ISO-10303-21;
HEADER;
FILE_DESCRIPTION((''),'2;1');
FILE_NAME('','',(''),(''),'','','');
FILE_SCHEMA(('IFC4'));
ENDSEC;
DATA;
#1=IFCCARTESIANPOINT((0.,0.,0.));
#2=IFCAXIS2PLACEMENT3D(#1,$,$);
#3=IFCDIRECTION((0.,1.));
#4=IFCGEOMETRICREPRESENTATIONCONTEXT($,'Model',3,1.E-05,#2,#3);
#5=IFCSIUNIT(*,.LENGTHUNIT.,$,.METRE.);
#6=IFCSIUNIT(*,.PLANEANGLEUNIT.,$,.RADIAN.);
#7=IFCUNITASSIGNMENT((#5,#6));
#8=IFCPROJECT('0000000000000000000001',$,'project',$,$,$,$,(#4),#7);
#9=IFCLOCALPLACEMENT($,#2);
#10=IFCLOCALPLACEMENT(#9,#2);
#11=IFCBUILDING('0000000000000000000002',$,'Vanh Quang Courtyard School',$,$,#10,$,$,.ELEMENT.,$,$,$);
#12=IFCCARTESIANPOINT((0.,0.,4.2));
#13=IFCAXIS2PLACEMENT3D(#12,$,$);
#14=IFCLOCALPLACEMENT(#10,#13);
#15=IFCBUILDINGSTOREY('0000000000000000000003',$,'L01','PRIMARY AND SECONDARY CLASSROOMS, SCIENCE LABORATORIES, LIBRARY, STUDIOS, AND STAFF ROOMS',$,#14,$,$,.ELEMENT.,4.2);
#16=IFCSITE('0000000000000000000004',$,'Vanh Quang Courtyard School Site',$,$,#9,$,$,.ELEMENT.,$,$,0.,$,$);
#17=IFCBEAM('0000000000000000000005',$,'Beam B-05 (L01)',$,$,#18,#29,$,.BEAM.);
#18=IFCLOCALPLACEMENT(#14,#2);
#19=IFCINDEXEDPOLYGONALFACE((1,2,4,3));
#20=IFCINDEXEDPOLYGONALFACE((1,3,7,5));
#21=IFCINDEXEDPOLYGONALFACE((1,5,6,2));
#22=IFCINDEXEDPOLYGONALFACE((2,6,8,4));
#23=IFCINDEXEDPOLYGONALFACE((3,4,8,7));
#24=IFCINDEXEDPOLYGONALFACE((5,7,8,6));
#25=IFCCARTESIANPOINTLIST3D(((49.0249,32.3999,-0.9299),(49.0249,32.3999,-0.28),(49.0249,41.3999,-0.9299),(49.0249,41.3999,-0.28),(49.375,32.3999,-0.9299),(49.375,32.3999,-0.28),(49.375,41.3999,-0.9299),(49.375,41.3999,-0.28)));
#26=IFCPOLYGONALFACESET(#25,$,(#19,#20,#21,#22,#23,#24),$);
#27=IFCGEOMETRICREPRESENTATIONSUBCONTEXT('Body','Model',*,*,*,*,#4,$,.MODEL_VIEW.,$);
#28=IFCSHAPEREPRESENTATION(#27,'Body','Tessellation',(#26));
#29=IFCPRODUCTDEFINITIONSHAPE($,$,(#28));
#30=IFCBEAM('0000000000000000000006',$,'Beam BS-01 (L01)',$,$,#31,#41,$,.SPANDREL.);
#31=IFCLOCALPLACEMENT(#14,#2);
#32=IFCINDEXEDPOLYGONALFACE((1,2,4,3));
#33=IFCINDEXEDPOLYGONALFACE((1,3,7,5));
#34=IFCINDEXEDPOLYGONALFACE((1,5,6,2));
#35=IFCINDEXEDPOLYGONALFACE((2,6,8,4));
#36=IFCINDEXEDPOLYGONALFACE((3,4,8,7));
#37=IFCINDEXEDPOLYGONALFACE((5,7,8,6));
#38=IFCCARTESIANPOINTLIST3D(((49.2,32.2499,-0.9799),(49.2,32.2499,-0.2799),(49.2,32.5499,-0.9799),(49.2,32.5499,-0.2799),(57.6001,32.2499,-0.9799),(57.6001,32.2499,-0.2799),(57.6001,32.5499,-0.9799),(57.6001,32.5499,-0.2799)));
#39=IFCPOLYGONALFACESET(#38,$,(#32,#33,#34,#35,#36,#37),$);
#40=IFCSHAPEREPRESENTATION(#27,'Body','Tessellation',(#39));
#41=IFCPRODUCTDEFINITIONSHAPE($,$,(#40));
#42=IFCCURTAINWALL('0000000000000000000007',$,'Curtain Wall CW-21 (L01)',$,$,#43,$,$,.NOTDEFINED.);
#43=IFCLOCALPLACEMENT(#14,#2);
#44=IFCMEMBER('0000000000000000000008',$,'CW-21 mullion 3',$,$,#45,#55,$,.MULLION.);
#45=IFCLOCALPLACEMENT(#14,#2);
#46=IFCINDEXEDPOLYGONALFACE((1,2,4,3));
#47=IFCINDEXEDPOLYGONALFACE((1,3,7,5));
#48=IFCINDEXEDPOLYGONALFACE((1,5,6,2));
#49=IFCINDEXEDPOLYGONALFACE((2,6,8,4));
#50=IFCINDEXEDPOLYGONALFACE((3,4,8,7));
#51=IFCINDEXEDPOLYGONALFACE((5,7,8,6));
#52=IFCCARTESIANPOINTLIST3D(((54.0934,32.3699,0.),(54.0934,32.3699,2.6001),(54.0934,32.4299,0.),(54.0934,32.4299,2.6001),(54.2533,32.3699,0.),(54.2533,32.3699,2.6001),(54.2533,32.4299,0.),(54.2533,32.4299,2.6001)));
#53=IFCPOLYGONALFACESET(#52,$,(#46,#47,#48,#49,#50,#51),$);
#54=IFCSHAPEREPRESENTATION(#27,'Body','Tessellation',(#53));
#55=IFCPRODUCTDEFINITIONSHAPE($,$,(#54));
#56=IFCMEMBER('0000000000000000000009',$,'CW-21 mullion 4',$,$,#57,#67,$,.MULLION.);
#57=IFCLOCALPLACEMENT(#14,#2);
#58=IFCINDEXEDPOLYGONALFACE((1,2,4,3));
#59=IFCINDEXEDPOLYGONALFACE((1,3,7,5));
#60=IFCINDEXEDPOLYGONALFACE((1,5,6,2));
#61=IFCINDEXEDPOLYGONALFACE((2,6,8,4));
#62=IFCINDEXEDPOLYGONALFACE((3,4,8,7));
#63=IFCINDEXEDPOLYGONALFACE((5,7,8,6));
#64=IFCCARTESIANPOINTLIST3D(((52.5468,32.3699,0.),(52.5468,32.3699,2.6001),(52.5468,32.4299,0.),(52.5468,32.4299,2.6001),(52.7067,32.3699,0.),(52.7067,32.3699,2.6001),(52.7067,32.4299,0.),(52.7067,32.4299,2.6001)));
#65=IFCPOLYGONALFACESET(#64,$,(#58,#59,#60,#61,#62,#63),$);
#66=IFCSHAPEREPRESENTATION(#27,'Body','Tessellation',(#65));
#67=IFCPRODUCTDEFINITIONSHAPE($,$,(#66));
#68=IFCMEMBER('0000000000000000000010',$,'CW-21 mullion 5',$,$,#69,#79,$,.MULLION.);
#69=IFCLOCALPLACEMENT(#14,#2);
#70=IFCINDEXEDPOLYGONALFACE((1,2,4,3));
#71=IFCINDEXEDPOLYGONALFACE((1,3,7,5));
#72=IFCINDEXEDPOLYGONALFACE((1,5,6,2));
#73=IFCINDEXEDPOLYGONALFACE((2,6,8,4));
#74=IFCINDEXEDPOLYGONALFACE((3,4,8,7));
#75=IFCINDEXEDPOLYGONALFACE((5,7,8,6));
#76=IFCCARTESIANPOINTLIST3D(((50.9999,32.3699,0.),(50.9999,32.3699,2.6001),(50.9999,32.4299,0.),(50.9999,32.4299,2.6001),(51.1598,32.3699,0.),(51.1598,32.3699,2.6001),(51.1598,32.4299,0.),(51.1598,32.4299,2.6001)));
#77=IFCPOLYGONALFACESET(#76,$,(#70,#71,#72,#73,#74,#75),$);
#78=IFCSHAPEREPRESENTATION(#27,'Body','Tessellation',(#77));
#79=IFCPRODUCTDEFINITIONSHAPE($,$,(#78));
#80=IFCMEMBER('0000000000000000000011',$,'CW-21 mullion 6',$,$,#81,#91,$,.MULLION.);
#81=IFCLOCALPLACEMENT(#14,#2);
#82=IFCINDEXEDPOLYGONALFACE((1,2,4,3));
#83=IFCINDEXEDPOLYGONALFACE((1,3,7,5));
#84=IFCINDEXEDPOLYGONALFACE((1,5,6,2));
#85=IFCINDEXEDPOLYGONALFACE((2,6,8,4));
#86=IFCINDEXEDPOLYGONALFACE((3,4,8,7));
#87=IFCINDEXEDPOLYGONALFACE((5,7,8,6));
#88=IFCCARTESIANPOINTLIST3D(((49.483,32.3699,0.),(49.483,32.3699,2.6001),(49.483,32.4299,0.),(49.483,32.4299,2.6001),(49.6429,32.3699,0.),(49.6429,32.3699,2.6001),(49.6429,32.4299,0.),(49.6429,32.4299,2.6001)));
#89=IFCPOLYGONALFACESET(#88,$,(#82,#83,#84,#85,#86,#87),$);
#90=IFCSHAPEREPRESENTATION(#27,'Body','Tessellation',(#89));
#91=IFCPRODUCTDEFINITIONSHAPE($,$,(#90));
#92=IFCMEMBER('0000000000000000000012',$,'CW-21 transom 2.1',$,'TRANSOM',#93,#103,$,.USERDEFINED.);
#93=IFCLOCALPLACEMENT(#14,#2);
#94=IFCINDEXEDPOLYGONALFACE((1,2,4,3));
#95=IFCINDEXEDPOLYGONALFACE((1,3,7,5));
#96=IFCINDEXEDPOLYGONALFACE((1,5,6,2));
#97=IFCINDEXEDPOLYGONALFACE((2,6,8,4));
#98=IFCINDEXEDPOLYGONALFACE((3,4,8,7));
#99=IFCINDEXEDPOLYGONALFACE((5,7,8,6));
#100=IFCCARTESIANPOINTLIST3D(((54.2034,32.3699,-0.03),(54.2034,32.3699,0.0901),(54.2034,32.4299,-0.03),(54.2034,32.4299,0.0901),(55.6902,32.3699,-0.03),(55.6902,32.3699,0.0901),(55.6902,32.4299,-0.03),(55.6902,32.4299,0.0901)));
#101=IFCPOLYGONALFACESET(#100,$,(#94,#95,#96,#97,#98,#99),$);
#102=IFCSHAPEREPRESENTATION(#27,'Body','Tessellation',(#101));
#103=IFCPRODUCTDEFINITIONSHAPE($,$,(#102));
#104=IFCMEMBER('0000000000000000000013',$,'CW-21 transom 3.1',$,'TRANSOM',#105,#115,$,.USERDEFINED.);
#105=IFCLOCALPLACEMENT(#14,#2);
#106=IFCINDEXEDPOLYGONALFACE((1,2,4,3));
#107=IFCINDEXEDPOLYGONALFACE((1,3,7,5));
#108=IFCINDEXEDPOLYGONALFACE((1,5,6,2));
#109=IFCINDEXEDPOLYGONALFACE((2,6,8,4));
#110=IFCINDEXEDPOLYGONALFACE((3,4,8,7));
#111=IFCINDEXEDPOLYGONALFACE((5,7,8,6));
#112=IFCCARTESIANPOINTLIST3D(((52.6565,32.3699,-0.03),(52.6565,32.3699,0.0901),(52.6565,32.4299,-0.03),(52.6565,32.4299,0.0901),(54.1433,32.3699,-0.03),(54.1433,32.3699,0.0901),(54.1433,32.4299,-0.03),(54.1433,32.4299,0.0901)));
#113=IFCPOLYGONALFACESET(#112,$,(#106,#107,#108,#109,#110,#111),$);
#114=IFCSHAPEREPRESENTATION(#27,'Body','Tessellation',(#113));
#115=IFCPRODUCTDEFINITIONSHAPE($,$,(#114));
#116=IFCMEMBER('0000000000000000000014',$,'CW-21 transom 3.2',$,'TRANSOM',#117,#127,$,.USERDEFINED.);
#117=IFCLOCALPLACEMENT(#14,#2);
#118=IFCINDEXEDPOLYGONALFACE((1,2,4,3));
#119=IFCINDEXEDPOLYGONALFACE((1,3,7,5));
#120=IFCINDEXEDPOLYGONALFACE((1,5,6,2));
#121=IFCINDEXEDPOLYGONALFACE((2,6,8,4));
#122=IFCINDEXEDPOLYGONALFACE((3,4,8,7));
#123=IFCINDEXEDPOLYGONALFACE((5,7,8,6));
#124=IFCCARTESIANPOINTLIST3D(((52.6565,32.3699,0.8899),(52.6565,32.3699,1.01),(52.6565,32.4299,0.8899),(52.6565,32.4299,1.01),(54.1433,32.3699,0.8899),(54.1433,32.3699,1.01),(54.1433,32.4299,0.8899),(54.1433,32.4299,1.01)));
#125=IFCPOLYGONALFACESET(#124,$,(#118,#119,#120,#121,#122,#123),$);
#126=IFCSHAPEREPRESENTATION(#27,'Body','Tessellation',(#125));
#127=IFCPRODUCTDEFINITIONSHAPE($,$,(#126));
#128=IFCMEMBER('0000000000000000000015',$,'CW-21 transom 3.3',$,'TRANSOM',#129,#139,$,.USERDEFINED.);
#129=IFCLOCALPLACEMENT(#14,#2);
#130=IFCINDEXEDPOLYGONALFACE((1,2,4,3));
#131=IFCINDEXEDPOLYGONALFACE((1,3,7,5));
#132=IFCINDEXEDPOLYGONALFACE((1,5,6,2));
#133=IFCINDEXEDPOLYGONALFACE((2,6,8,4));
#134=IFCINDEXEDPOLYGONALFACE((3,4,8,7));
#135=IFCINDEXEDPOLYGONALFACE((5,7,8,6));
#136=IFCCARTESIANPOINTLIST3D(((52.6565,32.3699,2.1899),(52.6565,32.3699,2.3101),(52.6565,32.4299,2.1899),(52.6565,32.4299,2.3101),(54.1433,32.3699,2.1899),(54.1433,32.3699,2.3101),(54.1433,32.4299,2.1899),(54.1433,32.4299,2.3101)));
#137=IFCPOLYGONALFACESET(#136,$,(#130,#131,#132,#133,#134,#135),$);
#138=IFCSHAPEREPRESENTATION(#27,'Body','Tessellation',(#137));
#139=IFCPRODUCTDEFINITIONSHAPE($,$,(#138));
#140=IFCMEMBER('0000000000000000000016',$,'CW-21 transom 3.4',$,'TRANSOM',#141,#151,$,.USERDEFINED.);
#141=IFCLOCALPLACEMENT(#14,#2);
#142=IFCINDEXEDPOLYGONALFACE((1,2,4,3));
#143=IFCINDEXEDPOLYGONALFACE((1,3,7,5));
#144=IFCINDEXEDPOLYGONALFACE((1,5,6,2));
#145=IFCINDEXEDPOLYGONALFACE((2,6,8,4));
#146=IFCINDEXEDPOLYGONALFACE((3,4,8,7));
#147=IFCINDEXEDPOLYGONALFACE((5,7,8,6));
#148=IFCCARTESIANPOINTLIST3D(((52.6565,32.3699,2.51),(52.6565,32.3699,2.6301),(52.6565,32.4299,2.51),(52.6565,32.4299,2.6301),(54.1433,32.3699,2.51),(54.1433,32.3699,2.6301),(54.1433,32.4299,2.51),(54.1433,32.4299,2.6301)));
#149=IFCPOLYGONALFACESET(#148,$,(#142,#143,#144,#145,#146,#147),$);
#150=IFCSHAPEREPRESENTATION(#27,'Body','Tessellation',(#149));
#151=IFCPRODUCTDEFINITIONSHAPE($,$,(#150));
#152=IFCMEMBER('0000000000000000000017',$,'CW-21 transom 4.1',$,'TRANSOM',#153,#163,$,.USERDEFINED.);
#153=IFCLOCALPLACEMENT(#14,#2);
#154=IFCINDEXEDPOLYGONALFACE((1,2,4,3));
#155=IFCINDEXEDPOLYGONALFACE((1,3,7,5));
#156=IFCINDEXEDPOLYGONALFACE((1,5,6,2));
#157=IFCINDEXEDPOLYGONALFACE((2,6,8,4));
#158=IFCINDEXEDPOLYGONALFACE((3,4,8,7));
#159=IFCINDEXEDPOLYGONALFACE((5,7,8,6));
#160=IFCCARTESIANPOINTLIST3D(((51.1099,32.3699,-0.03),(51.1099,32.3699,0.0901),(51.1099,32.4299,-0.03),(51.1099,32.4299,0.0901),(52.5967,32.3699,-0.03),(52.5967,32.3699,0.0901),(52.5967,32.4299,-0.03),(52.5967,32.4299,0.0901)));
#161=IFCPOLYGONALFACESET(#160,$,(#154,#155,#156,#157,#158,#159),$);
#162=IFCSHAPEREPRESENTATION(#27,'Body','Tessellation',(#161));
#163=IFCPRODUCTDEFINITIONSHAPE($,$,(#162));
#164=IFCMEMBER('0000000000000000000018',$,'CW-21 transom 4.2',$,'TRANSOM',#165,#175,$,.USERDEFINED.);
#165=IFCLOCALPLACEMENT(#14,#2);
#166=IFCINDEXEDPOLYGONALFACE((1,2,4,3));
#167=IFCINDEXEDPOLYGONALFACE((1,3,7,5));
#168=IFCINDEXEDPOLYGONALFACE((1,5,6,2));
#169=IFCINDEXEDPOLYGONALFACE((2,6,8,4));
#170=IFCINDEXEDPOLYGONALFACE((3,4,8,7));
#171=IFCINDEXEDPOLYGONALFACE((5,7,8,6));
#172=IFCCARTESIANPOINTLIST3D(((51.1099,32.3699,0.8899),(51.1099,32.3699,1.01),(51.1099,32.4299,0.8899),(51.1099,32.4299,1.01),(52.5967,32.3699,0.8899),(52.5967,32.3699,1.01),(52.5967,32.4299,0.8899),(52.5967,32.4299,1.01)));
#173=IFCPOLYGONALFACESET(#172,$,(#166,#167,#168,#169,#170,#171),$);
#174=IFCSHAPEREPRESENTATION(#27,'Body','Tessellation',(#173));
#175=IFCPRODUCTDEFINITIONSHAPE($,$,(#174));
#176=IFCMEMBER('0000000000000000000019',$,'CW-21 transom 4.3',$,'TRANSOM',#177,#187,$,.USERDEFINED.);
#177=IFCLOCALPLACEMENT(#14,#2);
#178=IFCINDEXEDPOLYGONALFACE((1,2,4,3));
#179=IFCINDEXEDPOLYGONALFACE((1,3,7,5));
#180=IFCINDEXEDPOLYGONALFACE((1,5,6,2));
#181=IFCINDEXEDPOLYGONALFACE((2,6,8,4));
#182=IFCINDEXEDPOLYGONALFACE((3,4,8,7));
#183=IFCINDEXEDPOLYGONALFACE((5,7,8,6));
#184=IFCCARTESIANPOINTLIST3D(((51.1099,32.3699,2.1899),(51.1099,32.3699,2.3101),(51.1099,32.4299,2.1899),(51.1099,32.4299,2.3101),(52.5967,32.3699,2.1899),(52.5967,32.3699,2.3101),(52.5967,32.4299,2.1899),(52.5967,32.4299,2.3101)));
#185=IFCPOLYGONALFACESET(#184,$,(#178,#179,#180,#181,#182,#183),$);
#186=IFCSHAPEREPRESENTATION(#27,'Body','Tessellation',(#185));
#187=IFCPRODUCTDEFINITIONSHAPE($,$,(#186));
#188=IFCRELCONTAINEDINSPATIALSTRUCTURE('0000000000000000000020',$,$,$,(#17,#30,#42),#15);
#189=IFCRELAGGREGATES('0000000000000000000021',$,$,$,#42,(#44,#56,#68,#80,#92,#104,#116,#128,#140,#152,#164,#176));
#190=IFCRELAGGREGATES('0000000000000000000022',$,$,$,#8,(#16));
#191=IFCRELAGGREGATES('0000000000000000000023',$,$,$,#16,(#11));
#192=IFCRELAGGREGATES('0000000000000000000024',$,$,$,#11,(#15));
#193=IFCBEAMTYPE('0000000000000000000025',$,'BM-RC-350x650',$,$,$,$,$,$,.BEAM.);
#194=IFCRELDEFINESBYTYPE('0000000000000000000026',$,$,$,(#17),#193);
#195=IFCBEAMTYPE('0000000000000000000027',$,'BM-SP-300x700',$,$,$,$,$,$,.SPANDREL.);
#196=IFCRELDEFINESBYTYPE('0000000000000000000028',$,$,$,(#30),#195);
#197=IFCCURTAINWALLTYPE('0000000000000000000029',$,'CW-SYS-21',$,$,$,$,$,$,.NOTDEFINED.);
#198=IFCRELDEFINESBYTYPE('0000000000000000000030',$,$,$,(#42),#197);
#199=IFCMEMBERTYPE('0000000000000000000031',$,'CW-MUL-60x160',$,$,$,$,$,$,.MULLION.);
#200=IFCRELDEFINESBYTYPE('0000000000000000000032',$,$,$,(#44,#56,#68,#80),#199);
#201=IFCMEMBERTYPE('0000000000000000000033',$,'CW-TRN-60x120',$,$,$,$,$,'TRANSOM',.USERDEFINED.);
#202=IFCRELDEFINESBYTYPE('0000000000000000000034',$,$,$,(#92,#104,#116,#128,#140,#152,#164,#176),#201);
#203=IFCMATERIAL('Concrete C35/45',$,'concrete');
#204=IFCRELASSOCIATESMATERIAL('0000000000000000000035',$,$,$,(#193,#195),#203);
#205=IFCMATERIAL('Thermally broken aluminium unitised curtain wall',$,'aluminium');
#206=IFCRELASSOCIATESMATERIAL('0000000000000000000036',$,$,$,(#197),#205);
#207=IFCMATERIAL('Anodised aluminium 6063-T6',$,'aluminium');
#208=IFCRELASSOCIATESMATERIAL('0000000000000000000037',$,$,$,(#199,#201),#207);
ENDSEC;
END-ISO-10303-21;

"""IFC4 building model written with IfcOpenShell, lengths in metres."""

from ifc_helpers import new_model, si_unit, direction, frame, origin, origin_2d, place, context, subcontext, project, spatial, rectangle, extrude, material, material_profile, profile_set, type_object, element, aggregate, save


model = new_model("IFC4")

# Units and contexts
model_context = context("Model", 3, precision=1e-05, world=origin(), true_north=direction((0.0, 1.0)))
body_context = subcontext(model_context, "Body", "Model", "MODEL_VIEW")
ifc_project = project(units=[si_unit("LENGTHUNIT", "METRE"), si_unit("PLANEANGLEUNIT", "RADIAN")], contexts=[model_context])

# Site, building, storey
site_placement = place(None, origin())
site = spatial("IfcSite", under=ifc_project, at=site_placement, Name="Vanh Quang Courtyard School Site", CompositionType="ELEMENT", RefElevation=0.0)
building_placement = place(site_placement, origin())
building = spatial("IfcBuilding", under=site, at=building_placement, Name="Vanh Quang Courtyard School", CompositionType="ELEMENT")
storey_placement = place(building_placement, frame((0.0, 0.0, 4.2)))
storey = spatial("IfcBuildingStorey", under=building, at=storey_placement, Name="L01", Description="PRIMARY AND SECONDARY CLASSROOMS, SCIENCE LABORATORIES, LIBRARY, STUDIOS, AND STAFF ROOMS", CompositionType="ELEMENT", Elevation=4.2)

# Beams
ifc_material_1 = material(Name="Concrete C35/45", Category="concrete")
ifc_material_profile_1 = material_profile(ifc_material_1, rectangle(XDim=0.3501, YDim=0.6499, at=origin_2d()), Name="RC-BM 350x650")
ifc_profile_set_1 = profile_set([ifc_material_profile_1], Name="Concrete C35/45")
beam_type_1 = type_object("IfcBeamType", Name="BM-RC-350x650", PredefinedType="BEAM", material=ifc_profile_set_1)
beam_1_placement = place(storey_placement, frame((49.2, 32.3999, -0.605), z_axis=(0.0, 1.0, 0.0), x_axis=(-1.0, 0.0, 0.0)))
element("IfcBeam", 1, at=beam_1_placement, inside=storey, type_object=beam_type_1, Name="Beam B-05 (L01)", PredefinedType="BEAM", context=body_context, shape_type="SweptSolid", body=[
    extrude(rectangle(XDim=0.3501, YDim=0.6499, at=origin_2d()), origin(), (0.0, 0.0, 1.0), 9.0),
])
ifc_material_profile_2 = material_profile(ifc_material_1, rectangle(XDim=0.3, YDim=0.7, at=origin_2d()), Name="RC-SP 300x700")
ifc_profile_set_2 = profile_set([ifc_material_profile_2], Name="Concrete C35/45")
beam_type_2 = type_object("IfcBeamType", Name="BM-SP-300x700", PredefinedType="SPANDREL", material=ifc_profile_set_2)
beam_2_placement = place(storey_placement, frame((49.2, 32.3999, -0.6299), z_axis=(1.0, 0.0, 0.0), x_axis=(0.0, 1.0, 0.0)))
element("IfcBeam", 2, at=beam_2_placement, inside=storey, type_object=beam_type_2, Name="Beam BS-01 (L01)", PredefinedType="SPANDREL", context=body_context, shape_type="SweptSolid", body=[
    extrude(rectangle(XDim=0.3, YDim=0.7, at=origin_2d()), origin(), (0.0, 0.0, 1.0), 8.4001),
])

# Curtain wall, members
ifc_material_2 = material(Name="Thermally broken aluminium unitised curtain wall", Category="aluminium")
curtain_wall_type = type_object("IfcCurtainWallType", Name="CW-SYS-21", PredefinedType="NOTDEFINED", material=ifc_material_2)
curtain_wall_placement = place(storey_placement, origin())
curtain_wall = element("IfcCurtainWall", 3, at=curtain_wall_placement, inside=storey, type_object=curtain_wall_type, Name="Curtain Wall CW-21 (L01)", PredefinedType="NOTDEFINED")
ifc_material_3 = material(Name="Anodised aluminium 6063-T6", Category="aluminium")
ifc_material_profile_3 = material_profile(ifc_material_3, rectangle(XDim=0.0601, YDim=0.1599, at=origin_2d()), Name="ALU-MUL 60x160")
ifc_profile_set_3 = profile_set([ifc_material_profile_3], Name="Anodised aluminium 6063-T6")
member_type_1 = type_object("IfcMemberType", Name="CW-MUL-60x160", PredefinedType="MULLION", material=ifc_profile_set_3)
member_1_placement = place(storey_placement, frame((54.1733, 32.3999, 0.0), z_axis=(0.0, 0.0, 1.0), x_axis=(0.0, -1.0, 0.0)))
member_1 = element("IfcMember", 4, at=member_1_placement, type_object=member_type_1, Name="CW-21 mullion 3", PredefinedType="MULLION", context=body_context, shape_type="SweptSolid", body=[
    extrude(rectangle(XDim=0.0601, YDim=0.1599, at=origin_2d()), origin(), (0.0, 0.0, 1.0), 2.6001),
])
member_2_placement = place(storey_placement, frame((52.6267, 32.3999, 0.0), z_axis=(0.0, 0.0, 1.0), x_axis=(0.0, -1.0, 0.0)))
member_2 = element("IfcMember", 5, at=member_2_placement, type_object=member_type_1, Name="CW-21 mullion 4", PredefinedType="MULLION", context=body_context, shape_type="SweptSolid", body=[
    extrude(rectangle(XDim=0.0601, YDim=0.1599, at=origin_2d()), origin(), (0.0, 0.0, 1.0), 2.6001),
])
member_3_placement = place(storey_placement, frame((51.0798, 32.3999, 0.0), z_axis=(0.0, 0.0, 1.0), x_axis=(0.0, -1.0, 0.0)))
member_3 = element("IfcMember", 6, at=member_3_placement, type_object=member_type_1, Name="CW-21 mullion 5", PredefinedType="MULLION", context=body_context, shape_type="SweptSolid", body=[
    extrude(rectangle(XDim=0.0601, YDim=0.1599, at=origin_2d()), origin(), (0.0, 0.0, 1.0), 2.6001),
])
member_4_placement = place(storey_placement, frame((49.563, 32.3999, 0.0), z_axis=(0.0, 0.0, 1.0), x_axis=(0.0, -1.0, 0.0)))
member_4 = element("IfcMember", 7, at=member_4_placement, type_object=member_type_1, Name="CW-21 mullion 6", PredefinedType="MULLION", context=body_context, shape_type="SweptSolid", body=[
    extrude(rectangle(XDim=0.0601, YDim=0.1599, at=origin_2d()), origin(), (0.0, 0.0, 1.0), 2.6001),
])
ifc_material_profile_4 = material_profile(ifc_material_3, rectangle(XDim=0.0601, YDim=0.1201, at=origin_2d()), Name="ALU-TRN 60x120")
ifc_profile_set_4 = profile_set([ifc_material_profile_4], Name="Anodised aluminium 6063-T6")
member_type_2 = type_object("IfcMemberType", Name="CW-TRN-60x120", ElementType="TRANSOM", PredefinedType="USERDEFINED", material=ifc_profile_set_4)
member_5_placement = place(storey_placement, frame((55.6902, 32.3999, 0.03), z_axis=(-1.0, 0.0, 0.0), x_axis=(0.0, -1.0, 0.0)))
member_5 = element("IfcMember", 8, at=member_5_placement, type_object=member_type_2, Name="CW-21 transom 2.1", ObjectType="TRANSOM", PredefinedType="USERDEFINED", context=body_context, shape_type="SweptSolid", body=[
    extrude(rectangle(XDim=0.0601, YDim=0.1201, at=origin_2d()), origin(), (0.0, 0.0, 1.0), 1.4868),
])
member_6_placement = place(storey_placement, frame((54.1433, 32.3999, 0.03), z_axis=(-1.0, 0.0, 0.0), x_axis=(0.0, -1.0, 0.0)))
member_6 = element("IfcMember", 9, at=member_6_placement, type_object=member_type_2, Name="CW-21 transom 3.1", ObjectType="TRANSOM", PredefinedType="USERDEFINED", context=body_context, shape_type="SweptSolid", body=[
    extrude(rectangle(XDim=0.0601, YDim=0.1201, at=origin_2d()), origin(), (0.0, 0.0, 1.0), 1.4868),
])
member_7_placement = place(storey_placement, frame((54.1433, 32.3999, 0.95), z_axis=(-1.0, 0.0, 0.0), x_axis=(0.0, -1.0, 0.0)))
member_7 = element("IfcMember", 10, at=member_7_placement, type_object=member_type_2, Name="CW-21 transom 3.2", ObjectType="TRANSOM", PredefinedType="USERDEFINED", context=body_context, shape_type="SweptSolid", body=[
    extrude(rectangle(XDim=0.0601, YDim=0.1201, at=origin_2d()), origin(), (0.0, 0.0, 1.0), 1.4868),
])
member_8_placement = place(storey_placement, frame((54.1433, 32.3999, 2.25), z_axis=(-1.0, 0.0, 0.0), x_axis=(0.0, -1.0, 0.0)))
member_8 = element("IfcMember", 11, at=member_8_placement, type_object=member_type_2, Name="CW-21 transom 3.3", ObjectType="TRANSOM", PredefinedType="USERDEFINED", context=body_context, shape_type="SweptSolid", body=[
    extrude(rectangle(XDim=0.0601, YDim=0.1201, at=origin_2d()), origin(), (0.0, 0.0, 1.0), 1.4868),
])
member_9_placement = place(storey_placement, frame((54.1433, 32.3999, 2.5701), z_axis=(-1.0, 0.0, 0.0), x_axis=(0.0, -1.0, 0.0)))
member_9 = element("IfcMember", 12, at=member_9_placement, type_object=member_type_2, Name="CW-21 transom 3.4", ObjectType="TRANSOM", PredefinedType="USERDEFINED", context=body_context, shape_type="SweptSolid", body=[
    extrude(rectangle(XDim=0.0601, YDim=0.1201, at=origin_2d()), origin(), (0.0, 0.0, 1.0), 1.4868),
])
member_10_placement = place(storey_placement, frame((52.5967, 32.3999, 0.03), z_axis=(-1.0, 0.0, 0.0), x_axis=(0.0, -1.0, 0.0)))
member_10 = element("IfcMember", 13, at=member_10_placement, type_object=member_type_2, Name="CW-21 transom 4.1", ObjectType="TRANSOM", PredefinedType="USERDEFINED", context=body_context, shape_type="SweptSolid", body=[
    extrude(rectangle(XDim=0.0601, YDim=0.1201, at=origin_2d()), origin(), (0.0, 0.0, 1.0), 1.4868),
])
member_11_placement = place(storey_placement, frame((52.5967, 32.3999, 0.95), z_axis=(-1.0, 0.0, 0.0), x_axis=(0.0, -1.0, 0.0)))
member_11 = element("IfcMember", 14, at=member_11_placement, type_object=member_type_2, Name="CW-21 transom 4.2", ObjectType="TRANSOM", PredefinedType="USERDEFINED", context=body_context, shape_type="SweptSolid", body=[
    extrude(rectangle(XDim=0.0601, YDim=0.1201, at=origin_2d()), origin(), (0.0, 0.0, 1.0), 1.4868),
])
member_12_placement = place(storey_placement, frame((52.5967, 32.3999, 2.25), z_axis=(-1.0, 0.0, 0.0), x_axis=(0.0, -1.0, 0.0)))
member_12 = element("IfcMember", 15, at=member_12_placement, type_object=member_type_2, Name="CW-21 transom 4.3", ObjectType="TRANSOM", PredefinedType="USERDEFINED", context=body_context, shape_type="SweptSolid", body=[
    extrude(rectangle(XDim=0.0601, YDim=0.1201, at=origin_2d()), origin(), (0.0, 0.0, 1.0), 1.4868),
])
aggregate(curtain_wall, [member_1, member_2, member_3, member_4, member_5, member_6, member_7, member_8, member_9, member_10, member_11, member_12])

save(model, "model.ifc")
